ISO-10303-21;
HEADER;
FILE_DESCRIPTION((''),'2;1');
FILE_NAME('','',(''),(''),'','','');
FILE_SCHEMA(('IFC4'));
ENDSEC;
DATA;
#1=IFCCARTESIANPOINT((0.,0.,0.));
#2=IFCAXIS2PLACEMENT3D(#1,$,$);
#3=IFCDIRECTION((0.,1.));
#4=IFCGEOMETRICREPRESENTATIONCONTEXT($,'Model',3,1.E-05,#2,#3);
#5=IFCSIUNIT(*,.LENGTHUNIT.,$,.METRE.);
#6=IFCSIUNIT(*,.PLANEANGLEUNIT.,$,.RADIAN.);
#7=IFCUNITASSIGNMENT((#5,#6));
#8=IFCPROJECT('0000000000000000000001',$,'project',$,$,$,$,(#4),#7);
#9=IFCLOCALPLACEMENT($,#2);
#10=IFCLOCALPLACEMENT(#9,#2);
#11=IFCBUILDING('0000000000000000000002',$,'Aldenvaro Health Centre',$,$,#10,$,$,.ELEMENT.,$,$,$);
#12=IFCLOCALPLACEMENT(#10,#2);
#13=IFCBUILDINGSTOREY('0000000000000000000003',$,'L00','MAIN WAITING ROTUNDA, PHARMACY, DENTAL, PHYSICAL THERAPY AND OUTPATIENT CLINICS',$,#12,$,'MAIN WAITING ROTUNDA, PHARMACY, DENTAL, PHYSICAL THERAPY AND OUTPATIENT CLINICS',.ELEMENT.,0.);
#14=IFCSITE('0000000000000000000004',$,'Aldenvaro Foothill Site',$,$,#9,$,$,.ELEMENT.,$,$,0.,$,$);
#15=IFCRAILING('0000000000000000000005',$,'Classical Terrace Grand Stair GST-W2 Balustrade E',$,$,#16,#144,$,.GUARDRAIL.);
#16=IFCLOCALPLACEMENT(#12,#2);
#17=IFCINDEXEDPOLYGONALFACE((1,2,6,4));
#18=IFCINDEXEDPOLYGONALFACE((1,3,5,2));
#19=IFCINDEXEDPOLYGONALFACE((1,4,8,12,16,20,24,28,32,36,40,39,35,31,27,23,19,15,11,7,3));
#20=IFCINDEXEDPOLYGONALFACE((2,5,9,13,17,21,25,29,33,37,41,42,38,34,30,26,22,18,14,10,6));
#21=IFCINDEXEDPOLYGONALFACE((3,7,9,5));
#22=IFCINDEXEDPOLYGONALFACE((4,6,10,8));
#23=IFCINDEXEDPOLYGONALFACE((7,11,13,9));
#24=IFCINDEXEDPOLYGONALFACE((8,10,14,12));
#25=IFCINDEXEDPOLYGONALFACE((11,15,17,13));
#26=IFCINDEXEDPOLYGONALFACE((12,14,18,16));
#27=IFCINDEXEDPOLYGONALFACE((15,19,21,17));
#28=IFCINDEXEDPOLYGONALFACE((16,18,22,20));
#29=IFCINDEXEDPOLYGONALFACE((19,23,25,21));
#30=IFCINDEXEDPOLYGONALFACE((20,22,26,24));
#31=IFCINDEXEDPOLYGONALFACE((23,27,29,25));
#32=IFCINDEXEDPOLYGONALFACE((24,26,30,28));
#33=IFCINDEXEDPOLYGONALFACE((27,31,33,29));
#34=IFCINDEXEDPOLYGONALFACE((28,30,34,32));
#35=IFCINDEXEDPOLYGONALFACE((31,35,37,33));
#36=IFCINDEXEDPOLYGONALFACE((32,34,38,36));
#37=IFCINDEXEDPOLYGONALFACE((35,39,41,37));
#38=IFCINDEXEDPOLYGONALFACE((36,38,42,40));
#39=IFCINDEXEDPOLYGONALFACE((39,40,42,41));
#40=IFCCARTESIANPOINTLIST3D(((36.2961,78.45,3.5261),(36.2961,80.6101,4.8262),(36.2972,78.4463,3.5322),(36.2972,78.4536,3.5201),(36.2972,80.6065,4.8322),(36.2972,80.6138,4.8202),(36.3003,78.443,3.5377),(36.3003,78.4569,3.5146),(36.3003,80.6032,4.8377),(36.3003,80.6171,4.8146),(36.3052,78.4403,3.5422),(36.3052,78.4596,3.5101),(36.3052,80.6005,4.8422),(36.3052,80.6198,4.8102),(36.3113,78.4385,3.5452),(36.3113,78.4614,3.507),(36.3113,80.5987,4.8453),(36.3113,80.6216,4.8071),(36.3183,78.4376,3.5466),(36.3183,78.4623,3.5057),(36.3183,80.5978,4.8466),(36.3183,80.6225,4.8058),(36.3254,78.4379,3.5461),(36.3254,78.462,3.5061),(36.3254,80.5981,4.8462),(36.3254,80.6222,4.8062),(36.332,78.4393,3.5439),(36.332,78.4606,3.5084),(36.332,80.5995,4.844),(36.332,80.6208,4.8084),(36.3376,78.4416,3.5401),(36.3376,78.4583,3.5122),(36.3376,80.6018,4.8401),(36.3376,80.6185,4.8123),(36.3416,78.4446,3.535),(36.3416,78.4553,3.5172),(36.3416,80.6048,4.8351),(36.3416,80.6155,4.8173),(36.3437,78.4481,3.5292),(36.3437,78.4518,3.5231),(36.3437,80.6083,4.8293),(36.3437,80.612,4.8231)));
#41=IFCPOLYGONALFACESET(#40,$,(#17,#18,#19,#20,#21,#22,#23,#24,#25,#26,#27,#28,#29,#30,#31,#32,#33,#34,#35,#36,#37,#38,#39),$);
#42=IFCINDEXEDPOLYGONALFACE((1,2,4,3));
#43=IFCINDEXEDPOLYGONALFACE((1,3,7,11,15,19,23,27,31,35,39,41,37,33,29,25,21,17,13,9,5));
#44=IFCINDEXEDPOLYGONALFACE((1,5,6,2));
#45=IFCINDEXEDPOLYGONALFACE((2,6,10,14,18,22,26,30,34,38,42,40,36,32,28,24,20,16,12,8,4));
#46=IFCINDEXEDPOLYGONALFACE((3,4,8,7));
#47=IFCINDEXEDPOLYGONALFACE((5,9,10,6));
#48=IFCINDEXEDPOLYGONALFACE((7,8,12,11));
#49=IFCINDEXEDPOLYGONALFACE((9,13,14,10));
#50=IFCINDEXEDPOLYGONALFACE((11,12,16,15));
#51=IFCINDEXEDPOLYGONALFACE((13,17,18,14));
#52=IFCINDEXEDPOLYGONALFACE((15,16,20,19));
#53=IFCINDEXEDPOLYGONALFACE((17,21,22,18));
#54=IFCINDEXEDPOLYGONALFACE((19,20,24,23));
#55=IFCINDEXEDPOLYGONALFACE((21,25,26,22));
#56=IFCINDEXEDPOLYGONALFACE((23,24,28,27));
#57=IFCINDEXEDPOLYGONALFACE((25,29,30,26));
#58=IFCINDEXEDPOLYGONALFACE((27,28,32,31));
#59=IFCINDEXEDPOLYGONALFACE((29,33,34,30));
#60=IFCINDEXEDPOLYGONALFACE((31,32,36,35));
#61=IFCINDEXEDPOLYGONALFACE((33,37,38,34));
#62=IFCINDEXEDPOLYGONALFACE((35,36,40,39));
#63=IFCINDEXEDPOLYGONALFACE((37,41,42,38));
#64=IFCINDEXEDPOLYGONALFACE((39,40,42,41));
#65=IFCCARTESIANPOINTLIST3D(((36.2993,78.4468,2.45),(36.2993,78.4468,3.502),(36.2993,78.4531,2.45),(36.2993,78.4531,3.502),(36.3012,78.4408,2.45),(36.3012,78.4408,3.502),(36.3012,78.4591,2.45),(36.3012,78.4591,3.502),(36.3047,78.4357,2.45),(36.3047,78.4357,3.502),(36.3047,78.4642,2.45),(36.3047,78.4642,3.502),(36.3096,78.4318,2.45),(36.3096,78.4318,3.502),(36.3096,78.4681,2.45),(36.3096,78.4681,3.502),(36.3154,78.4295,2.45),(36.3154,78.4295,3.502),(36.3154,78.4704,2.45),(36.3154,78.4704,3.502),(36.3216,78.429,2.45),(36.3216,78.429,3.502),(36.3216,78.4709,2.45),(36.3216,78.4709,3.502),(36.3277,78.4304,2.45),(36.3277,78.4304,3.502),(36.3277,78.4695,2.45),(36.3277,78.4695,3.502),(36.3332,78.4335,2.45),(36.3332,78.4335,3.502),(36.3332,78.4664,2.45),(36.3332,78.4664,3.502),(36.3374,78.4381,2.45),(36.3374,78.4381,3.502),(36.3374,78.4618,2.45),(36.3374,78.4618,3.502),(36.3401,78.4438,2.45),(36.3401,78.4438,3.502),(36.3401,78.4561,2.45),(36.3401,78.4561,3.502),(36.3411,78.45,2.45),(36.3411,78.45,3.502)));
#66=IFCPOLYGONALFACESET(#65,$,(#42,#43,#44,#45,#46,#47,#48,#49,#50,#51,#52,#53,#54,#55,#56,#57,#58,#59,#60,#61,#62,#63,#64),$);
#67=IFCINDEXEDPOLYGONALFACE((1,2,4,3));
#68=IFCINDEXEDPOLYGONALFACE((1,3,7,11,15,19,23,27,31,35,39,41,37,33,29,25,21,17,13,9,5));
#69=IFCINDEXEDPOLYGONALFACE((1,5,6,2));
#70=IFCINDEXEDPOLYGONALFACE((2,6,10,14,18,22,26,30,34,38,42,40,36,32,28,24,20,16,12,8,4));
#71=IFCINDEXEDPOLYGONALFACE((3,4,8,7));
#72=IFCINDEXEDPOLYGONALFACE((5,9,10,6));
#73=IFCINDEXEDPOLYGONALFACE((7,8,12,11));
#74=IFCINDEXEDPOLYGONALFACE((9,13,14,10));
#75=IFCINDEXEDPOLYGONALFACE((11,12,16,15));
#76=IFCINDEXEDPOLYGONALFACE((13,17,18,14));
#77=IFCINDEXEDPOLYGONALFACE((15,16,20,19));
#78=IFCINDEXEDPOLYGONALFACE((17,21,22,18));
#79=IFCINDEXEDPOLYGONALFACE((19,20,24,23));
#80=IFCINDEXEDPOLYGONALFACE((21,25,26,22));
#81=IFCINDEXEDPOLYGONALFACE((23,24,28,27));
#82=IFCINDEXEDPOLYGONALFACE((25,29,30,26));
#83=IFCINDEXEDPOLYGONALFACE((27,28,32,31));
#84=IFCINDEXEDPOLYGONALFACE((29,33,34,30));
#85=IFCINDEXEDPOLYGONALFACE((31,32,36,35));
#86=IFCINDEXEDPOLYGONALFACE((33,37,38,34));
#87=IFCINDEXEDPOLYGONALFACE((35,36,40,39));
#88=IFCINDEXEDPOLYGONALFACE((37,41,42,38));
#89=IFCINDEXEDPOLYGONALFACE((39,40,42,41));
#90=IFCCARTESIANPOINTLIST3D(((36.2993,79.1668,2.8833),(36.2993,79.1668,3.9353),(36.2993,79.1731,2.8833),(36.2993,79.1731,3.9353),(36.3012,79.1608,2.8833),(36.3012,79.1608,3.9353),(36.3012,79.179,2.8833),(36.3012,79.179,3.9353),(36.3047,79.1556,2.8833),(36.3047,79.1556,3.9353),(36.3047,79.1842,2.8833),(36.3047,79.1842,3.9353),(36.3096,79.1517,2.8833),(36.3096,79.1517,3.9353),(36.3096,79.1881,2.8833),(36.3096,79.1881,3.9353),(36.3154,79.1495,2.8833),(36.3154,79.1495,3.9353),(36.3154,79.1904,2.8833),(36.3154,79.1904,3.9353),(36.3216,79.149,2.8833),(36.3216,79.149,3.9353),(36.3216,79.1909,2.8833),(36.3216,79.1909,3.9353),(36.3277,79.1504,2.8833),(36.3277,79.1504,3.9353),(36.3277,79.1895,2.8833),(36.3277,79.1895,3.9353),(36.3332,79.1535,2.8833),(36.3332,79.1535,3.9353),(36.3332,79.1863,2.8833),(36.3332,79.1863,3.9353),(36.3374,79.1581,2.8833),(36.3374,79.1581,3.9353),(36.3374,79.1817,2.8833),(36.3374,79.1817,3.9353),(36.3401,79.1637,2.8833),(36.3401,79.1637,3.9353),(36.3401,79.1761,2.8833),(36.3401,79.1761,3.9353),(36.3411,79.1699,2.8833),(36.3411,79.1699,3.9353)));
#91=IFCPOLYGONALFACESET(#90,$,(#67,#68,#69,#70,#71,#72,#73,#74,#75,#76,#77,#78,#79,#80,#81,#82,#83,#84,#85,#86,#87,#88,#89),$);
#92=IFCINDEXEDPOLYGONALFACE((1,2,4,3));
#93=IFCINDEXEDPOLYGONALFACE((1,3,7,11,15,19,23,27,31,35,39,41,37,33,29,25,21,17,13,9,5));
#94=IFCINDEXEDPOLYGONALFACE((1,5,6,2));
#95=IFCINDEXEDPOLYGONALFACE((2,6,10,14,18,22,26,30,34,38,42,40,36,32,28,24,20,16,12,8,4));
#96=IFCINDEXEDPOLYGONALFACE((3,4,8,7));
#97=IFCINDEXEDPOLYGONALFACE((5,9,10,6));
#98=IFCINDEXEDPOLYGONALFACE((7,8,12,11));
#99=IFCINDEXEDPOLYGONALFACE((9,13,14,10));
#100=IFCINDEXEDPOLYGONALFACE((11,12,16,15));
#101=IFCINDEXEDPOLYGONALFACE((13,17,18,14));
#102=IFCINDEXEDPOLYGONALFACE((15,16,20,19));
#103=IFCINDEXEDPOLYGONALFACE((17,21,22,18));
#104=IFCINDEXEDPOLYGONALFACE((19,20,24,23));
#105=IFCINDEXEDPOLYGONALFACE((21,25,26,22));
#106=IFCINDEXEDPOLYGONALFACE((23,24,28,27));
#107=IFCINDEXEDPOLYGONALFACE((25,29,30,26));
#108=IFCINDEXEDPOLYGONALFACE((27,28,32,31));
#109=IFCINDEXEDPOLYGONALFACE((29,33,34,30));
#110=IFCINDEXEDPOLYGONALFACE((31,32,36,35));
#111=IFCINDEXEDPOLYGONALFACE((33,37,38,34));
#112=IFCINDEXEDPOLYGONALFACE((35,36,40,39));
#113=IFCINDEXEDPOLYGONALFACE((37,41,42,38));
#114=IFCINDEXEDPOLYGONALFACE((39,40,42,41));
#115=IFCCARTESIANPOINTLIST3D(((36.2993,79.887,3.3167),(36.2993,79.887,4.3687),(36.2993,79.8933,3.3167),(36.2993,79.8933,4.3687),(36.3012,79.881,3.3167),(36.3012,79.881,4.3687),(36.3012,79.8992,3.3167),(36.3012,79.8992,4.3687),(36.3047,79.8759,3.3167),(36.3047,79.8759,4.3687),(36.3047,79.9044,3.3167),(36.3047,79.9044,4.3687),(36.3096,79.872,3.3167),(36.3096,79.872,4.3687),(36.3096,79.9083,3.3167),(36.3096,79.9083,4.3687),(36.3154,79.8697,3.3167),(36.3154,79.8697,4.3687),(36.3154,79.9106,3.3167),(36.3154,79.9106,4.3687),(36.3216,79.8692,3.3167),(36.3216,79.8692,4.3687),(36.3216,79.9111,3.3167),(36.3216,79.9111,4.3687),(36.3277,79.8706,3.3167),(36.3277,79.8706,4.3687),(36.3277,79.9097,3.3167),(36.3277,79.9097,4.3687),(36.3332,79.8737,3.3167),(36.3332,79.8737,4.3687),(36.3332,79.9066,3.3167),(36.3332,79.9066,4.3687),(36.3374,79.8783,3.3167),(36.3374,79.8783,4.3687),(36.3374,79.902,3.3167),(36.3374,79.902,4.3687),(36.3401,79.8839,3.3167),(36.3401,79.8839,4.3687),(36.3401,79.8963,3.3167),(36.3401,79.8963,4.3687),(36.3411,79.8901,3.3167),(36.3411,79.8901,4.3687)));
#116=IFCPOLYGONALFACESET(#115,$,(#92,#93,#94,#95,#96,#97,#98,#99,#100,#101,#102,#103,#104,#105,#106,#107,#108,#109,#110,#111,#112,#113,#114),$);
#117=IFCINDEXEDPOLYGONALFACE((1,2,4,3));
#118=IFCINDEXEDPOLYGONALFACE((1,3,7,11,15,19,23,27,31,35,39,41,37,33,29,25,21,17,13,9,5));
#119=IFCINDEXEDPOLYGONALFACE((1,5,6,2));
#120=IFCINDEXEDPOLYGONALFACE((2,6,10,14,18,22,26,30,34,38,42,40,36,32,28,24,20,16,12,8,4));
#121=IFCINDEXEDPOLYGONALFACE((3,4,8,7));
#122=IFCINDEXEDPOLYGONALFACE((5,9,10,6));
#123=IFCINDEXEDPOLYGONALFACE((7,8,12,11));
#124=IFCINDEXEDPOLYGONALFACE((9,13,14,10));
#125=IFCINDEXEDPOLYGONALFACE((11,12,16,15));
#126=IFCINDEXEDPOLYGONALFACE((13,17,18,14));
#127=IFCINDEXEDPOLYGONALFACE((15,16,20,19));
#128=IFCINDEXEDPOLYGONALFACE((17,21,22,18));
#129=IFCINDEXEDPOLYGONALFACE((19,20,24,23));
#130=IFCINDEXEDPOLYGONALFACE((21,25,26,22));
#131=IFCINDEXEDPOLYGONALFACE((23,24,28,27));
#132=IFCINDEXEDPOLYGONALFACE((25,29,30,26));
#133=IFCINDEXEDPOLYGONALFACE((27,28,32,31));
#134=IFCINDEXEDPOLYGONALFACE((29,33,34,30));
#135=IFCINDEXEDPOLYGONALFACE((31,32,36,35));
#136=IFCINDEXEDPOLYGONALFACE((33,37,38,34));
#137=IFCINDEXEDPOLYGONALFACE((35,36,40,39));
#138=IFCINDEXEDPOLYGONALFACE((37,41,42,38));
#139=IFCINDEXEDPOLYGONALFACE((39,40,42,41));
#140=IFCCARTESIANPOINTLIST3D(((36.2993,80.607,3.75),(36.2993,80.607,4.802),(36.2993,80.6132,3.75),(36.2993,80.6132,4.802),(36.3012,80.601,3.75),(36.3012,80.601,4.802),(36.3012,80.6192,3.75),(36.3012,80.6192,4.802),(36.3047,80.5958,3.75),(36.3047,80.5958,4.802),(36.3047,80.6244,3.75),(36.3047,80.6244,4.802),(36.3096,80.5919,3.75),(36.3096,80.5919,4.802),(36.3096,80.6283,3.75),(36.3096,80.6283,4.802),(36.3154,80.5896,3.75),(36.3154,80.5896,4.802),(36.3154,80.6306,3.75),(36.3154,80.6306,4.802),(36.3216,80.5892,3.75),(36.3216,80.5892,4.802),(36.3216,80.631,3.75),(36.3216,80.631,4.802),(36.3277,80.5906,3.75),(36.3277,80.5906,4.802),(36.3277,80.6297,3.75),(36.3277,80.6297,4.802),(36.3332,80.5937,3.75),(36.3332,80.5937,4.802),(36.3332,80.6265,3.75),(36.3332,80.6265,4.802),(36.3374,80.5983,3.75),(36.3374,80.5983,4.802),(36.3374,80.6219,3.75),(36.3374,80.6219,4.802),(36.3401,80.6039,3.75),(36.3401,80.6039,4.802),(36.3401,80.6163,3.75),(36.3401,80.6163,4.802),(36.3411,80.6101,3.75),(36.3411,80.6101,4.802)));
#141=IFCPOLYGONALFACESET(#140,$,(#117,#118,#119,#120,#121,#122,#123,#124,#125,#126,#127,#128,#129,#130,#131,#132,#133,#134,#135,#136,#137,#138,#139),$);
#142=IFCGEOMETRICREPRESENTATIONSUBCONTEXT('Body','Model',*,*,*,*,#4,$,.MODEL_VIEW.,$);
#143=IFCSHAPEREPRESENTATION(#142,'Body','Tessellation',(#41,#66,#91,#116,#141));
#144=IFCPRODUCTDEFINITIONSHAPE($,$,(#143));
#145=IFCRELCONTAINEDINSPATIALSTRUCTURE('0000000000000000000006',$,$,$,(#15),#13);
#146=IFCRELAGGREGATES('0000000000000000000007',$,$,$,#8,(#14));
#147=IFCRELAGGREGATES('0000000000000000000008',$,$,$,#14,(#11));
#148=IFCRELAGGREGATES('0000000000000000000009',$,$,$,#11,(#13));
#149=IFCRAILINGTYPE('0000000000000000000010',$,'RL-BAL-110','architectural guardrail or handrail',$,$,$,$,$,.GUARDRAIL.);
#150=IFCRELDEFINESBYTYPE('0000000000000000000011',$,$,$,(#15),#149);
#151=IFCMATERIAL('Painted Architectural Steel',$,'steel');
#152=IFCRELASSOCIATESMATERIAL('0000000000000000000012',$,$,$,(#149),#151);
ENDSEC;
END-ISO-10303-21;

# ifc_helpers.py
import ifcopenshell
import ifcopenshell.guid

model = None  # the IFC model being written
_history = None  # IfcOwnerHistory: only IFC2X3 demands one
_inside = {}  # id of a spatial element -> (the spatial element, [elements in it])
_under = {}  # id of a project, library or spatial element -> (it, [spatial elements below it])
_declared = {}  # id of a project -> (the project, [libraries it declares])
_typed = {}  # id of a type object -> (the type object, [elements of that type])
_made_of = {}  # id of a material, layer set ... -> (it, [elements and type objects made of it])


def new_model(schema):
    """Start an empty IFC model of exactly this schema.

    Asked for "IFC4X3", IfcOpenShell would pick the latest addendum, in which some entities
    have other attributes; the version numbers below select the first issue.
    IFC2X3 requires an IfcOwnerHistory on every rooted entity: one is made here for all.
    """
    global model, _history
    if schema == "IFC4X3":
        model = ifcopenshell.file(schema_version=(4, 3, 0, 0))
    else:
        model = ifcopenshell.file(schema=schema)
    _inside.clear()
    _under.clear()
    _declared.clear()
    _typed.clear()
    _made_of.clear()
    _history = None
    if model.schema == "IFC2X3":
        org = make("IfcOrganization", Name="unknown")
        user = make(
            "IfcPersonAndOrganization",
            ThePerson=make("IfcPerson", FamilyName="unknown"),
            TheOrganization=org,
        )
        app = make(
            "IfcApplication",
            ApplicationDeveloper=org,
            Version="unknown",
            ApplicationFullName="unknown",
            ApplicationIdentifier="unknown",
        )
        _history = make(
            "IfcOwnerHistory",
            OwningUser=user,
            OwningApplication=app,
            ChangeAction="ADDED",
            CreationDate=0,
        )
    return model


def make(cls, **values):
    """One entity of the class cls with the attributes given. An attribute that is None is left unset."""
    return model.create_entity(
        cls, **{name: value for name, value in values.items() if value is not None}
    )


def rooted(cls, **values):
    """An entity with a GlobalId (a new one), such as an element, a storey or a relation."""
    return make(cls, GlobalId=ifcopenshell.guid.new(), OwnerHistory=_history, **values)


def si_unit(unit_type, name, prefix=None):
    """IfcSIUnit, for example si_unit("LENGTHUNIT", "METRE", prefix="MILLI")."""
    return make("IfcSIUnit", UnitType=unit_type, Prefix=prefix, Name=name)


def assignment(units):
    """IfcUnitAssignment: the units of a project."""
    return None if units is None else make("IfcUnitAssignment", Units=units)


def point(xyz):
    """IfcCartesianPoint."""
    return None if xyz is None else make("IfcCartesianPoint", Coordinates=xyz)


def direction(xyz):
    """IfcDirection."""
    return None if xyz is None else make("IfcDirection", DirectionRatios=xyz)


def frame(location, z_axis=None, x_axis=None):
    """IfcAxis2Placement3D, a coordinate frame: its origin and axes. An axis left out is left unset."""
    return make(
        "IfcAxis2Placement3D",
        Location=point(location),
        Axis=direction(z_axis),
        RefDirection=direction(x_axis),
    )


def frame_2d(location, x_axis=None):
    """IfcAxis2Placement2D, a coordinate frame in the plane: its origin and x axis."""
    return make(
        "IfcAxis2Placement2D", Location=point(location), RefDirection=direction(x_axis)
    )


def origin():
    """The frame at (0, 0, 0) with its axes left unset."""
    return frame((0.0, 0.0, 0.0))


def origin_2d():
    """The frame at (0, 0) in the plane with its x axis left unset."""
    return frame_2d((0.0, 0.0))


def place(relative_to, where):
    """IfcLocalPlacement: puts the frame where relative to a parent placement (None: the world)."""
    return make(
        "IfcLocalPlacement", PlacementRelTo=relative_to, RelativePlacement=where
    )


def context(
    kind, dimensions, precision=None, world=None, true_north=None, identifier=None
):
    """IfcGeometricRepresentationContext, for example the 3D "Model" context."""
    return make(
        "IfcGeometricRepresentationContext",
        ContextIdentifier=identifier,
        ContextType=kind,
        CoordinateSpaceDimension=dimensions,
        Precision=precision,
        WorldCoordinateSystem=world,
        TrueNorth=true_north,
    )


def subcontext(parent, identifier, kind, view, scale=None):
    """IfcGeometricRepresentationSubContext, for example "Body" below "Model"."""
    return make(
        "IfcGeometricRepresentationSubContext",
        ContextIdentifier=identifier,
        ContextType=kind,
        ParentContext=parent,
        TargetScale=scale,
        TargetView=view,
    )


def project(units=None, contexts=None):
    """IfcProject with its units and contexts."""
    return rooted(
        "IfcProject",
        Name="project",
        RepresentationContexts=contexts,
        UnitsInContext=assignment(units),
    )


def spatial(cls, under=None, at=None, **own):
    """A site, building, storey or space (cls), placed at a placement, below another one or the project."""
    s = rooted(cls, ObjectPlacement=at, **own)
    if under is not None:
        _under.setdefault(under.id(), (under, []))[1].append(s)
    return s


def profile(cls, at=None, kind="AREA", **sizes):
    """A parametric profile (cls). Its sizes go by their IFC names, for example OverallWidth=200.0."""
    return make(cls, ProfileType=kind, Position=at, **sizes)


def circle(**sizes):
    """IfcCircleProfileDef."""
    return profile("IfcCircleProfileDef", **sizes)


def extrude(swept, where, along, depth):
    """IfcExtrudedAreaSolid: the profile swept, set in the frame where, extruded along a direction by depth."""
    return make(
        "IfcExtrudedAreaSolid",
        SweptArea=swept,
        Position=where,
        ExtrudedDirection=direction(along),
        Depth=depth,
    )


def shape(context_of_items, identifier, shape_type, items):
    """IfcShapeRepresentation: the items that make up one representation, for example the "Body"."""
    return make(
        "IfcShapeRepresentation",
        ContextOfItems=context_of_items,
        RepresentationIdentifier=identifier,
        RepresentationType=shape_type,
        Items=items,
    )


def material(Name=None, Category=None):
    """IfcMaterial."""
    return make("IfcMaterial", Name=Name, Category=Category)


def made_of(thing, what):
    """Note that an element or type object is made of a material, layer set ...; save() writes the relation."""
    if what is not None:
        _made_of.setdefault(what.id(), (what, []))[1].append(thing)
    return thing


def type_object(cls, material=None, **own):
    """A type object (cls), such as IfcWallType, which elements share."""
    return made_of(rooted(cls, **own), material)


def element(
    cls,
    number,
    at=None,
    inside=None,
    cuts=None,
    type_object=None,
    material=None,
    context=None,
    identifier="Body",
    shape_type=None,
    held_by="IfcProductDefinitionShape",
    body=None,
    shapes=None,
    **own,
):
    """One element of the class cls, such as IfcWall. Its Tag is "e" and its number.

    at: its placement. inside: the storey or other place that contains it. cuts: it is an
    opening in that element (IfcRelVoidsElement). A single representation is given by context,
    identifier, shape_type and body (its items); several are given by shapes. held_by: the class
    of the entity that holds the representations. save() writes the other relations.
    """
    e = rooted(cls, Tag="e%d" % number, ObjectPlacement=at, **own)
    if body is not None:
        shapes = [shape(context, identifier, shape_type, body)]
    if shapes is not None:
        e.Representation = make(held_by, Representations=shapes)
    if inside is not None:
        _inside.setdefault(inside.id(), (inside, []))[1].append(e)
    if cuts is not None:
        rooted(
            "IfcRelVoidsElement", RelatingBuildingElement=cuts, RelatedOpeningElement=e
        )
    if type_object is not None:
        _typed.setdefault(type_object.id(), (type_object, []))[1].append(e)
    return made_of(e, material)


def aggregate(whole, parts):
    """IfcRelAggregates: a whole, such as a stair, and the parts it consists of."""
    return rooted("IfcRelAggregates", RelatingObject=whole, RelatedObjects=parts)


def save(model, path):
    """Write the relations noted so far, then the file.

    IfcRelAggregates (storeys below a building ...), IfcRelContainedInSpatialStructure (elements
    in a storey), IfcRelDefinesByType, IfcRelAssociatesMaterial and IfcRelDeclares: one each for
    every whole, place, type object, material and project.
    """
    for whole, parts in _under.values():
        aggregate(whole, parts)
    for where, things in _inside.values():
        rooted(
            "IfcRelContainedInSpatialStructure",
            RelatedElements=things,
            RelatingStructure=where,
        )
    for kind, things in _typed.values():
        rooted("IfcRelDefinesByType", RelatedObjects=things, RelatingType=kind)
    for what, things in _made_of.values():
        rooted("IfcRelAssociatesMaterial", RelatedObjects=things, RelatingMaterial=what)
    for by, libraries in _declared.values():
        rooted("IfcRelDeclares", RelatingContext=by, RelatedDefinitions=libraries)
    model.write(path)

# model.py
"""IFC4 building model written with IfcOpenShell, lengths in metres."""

from ifc_helpers import new_model, si_unit, direction, frame, origin, origin_2d, place, context, subcontext, project, spatial, circle, extrude, material, type_object, element, save


model = new_model("IFC4")

# Units and contexts
model_context = context("Model", 3, precision=1e-05, world=origin(), true_north=direction((0.0, 1.0)))
body_context = subcontext(model_context, "Body", "Model", "MODEL_VIEW")
ifc_project = project(units=[si_unit("LENGTHUNIT", "METRE"), si_unit("PLANEANGLEUNIT", "RADIAN")], contexts=[model_context])

# Site, building, storey
site_placement = place(None, origin())
site = spatial("IfcSite", under=ifc_project, at=site_placement, Name="Aldenvaro Foothill Site", CompositionType="ELEMENT", RefElevation=0.0)
building_placement = place(site_placement, origin())
building = spatial("IfcBuilding", under=site, at=building_placement, Name="Aldenvaro Health Centre", CompositionType="ELEMENT")
storey_placement = place(building_placement, origin())
storey = spatial("IfcBuildingStorey", under=building, at=storey_placement, Name="L00", Description="MAIN WAITING ROTUNDA, PHARMACY, DENTAL, PHYSICAL THERAPY AND OUTPATIENT CLINICS", LongName="MAIN WAITING ROTUNDA, PHARMACY, DENTAL, PHYSICAL THERAPY AND OUTPATIENT CLINICS", CompositionType="ELEMENT", Elevation=0.0)

# Railing
ifc_material_1 = material(Name="Painted Architectural Steel", Category="steel")
railing_type_1 = type_object("IfcRailingType", Name="RL-BAL-110", Description="architectural guardrail or handrail", PredefinedType="GUARDRAIL", material=ifc_material_1)
for number, where, name in (
    (1, (36.3201, 78.45, 2.45), "Classical Terrace Grand Stair GST-W2 Balustrade E"),
):
    element("IfcRailing", number, at=place(storey_placement, frame(where)), inside=storey, type_object=railing_type_1, Name=name, PredefinedType="GUARDRAIL", context=body_context, shape_type="SweptSolid", body=[
        extrude(circle(Radius=0.0239, at=origin_2d()), frame((0.0, 0.0, 1.0762), z_axis=(0.0, 0.8568, 0.515649), x_axis=(-1.0, 0.0, 0.0)), (0.0, 0.0, 1.0), 2.5212),
        extrude(circle(Radius=0.021, at=origin_2d()), origin(), (0.0, 0.0, 1.0), 1.052),
        extrude(circle(Radius=0.021, at=origin_2d()), frame((0.0, 0.72, 0.4333)), (0.0, 0.0, 1.0), 1.052),
        extrude(circle(Radius=0.021, at=origin_2d()), frame((0.0, 1.4402, 0.8667)), (0.0, 0.0, 1.0), 1.052),
        extrude(circle(Radius=0.021, at=origin_2d()), frame((0.0, 2.1602, 1.3)), (0.0, 0.0, 1.0), 1.052),
    ])

save(model, "model.ifc")
